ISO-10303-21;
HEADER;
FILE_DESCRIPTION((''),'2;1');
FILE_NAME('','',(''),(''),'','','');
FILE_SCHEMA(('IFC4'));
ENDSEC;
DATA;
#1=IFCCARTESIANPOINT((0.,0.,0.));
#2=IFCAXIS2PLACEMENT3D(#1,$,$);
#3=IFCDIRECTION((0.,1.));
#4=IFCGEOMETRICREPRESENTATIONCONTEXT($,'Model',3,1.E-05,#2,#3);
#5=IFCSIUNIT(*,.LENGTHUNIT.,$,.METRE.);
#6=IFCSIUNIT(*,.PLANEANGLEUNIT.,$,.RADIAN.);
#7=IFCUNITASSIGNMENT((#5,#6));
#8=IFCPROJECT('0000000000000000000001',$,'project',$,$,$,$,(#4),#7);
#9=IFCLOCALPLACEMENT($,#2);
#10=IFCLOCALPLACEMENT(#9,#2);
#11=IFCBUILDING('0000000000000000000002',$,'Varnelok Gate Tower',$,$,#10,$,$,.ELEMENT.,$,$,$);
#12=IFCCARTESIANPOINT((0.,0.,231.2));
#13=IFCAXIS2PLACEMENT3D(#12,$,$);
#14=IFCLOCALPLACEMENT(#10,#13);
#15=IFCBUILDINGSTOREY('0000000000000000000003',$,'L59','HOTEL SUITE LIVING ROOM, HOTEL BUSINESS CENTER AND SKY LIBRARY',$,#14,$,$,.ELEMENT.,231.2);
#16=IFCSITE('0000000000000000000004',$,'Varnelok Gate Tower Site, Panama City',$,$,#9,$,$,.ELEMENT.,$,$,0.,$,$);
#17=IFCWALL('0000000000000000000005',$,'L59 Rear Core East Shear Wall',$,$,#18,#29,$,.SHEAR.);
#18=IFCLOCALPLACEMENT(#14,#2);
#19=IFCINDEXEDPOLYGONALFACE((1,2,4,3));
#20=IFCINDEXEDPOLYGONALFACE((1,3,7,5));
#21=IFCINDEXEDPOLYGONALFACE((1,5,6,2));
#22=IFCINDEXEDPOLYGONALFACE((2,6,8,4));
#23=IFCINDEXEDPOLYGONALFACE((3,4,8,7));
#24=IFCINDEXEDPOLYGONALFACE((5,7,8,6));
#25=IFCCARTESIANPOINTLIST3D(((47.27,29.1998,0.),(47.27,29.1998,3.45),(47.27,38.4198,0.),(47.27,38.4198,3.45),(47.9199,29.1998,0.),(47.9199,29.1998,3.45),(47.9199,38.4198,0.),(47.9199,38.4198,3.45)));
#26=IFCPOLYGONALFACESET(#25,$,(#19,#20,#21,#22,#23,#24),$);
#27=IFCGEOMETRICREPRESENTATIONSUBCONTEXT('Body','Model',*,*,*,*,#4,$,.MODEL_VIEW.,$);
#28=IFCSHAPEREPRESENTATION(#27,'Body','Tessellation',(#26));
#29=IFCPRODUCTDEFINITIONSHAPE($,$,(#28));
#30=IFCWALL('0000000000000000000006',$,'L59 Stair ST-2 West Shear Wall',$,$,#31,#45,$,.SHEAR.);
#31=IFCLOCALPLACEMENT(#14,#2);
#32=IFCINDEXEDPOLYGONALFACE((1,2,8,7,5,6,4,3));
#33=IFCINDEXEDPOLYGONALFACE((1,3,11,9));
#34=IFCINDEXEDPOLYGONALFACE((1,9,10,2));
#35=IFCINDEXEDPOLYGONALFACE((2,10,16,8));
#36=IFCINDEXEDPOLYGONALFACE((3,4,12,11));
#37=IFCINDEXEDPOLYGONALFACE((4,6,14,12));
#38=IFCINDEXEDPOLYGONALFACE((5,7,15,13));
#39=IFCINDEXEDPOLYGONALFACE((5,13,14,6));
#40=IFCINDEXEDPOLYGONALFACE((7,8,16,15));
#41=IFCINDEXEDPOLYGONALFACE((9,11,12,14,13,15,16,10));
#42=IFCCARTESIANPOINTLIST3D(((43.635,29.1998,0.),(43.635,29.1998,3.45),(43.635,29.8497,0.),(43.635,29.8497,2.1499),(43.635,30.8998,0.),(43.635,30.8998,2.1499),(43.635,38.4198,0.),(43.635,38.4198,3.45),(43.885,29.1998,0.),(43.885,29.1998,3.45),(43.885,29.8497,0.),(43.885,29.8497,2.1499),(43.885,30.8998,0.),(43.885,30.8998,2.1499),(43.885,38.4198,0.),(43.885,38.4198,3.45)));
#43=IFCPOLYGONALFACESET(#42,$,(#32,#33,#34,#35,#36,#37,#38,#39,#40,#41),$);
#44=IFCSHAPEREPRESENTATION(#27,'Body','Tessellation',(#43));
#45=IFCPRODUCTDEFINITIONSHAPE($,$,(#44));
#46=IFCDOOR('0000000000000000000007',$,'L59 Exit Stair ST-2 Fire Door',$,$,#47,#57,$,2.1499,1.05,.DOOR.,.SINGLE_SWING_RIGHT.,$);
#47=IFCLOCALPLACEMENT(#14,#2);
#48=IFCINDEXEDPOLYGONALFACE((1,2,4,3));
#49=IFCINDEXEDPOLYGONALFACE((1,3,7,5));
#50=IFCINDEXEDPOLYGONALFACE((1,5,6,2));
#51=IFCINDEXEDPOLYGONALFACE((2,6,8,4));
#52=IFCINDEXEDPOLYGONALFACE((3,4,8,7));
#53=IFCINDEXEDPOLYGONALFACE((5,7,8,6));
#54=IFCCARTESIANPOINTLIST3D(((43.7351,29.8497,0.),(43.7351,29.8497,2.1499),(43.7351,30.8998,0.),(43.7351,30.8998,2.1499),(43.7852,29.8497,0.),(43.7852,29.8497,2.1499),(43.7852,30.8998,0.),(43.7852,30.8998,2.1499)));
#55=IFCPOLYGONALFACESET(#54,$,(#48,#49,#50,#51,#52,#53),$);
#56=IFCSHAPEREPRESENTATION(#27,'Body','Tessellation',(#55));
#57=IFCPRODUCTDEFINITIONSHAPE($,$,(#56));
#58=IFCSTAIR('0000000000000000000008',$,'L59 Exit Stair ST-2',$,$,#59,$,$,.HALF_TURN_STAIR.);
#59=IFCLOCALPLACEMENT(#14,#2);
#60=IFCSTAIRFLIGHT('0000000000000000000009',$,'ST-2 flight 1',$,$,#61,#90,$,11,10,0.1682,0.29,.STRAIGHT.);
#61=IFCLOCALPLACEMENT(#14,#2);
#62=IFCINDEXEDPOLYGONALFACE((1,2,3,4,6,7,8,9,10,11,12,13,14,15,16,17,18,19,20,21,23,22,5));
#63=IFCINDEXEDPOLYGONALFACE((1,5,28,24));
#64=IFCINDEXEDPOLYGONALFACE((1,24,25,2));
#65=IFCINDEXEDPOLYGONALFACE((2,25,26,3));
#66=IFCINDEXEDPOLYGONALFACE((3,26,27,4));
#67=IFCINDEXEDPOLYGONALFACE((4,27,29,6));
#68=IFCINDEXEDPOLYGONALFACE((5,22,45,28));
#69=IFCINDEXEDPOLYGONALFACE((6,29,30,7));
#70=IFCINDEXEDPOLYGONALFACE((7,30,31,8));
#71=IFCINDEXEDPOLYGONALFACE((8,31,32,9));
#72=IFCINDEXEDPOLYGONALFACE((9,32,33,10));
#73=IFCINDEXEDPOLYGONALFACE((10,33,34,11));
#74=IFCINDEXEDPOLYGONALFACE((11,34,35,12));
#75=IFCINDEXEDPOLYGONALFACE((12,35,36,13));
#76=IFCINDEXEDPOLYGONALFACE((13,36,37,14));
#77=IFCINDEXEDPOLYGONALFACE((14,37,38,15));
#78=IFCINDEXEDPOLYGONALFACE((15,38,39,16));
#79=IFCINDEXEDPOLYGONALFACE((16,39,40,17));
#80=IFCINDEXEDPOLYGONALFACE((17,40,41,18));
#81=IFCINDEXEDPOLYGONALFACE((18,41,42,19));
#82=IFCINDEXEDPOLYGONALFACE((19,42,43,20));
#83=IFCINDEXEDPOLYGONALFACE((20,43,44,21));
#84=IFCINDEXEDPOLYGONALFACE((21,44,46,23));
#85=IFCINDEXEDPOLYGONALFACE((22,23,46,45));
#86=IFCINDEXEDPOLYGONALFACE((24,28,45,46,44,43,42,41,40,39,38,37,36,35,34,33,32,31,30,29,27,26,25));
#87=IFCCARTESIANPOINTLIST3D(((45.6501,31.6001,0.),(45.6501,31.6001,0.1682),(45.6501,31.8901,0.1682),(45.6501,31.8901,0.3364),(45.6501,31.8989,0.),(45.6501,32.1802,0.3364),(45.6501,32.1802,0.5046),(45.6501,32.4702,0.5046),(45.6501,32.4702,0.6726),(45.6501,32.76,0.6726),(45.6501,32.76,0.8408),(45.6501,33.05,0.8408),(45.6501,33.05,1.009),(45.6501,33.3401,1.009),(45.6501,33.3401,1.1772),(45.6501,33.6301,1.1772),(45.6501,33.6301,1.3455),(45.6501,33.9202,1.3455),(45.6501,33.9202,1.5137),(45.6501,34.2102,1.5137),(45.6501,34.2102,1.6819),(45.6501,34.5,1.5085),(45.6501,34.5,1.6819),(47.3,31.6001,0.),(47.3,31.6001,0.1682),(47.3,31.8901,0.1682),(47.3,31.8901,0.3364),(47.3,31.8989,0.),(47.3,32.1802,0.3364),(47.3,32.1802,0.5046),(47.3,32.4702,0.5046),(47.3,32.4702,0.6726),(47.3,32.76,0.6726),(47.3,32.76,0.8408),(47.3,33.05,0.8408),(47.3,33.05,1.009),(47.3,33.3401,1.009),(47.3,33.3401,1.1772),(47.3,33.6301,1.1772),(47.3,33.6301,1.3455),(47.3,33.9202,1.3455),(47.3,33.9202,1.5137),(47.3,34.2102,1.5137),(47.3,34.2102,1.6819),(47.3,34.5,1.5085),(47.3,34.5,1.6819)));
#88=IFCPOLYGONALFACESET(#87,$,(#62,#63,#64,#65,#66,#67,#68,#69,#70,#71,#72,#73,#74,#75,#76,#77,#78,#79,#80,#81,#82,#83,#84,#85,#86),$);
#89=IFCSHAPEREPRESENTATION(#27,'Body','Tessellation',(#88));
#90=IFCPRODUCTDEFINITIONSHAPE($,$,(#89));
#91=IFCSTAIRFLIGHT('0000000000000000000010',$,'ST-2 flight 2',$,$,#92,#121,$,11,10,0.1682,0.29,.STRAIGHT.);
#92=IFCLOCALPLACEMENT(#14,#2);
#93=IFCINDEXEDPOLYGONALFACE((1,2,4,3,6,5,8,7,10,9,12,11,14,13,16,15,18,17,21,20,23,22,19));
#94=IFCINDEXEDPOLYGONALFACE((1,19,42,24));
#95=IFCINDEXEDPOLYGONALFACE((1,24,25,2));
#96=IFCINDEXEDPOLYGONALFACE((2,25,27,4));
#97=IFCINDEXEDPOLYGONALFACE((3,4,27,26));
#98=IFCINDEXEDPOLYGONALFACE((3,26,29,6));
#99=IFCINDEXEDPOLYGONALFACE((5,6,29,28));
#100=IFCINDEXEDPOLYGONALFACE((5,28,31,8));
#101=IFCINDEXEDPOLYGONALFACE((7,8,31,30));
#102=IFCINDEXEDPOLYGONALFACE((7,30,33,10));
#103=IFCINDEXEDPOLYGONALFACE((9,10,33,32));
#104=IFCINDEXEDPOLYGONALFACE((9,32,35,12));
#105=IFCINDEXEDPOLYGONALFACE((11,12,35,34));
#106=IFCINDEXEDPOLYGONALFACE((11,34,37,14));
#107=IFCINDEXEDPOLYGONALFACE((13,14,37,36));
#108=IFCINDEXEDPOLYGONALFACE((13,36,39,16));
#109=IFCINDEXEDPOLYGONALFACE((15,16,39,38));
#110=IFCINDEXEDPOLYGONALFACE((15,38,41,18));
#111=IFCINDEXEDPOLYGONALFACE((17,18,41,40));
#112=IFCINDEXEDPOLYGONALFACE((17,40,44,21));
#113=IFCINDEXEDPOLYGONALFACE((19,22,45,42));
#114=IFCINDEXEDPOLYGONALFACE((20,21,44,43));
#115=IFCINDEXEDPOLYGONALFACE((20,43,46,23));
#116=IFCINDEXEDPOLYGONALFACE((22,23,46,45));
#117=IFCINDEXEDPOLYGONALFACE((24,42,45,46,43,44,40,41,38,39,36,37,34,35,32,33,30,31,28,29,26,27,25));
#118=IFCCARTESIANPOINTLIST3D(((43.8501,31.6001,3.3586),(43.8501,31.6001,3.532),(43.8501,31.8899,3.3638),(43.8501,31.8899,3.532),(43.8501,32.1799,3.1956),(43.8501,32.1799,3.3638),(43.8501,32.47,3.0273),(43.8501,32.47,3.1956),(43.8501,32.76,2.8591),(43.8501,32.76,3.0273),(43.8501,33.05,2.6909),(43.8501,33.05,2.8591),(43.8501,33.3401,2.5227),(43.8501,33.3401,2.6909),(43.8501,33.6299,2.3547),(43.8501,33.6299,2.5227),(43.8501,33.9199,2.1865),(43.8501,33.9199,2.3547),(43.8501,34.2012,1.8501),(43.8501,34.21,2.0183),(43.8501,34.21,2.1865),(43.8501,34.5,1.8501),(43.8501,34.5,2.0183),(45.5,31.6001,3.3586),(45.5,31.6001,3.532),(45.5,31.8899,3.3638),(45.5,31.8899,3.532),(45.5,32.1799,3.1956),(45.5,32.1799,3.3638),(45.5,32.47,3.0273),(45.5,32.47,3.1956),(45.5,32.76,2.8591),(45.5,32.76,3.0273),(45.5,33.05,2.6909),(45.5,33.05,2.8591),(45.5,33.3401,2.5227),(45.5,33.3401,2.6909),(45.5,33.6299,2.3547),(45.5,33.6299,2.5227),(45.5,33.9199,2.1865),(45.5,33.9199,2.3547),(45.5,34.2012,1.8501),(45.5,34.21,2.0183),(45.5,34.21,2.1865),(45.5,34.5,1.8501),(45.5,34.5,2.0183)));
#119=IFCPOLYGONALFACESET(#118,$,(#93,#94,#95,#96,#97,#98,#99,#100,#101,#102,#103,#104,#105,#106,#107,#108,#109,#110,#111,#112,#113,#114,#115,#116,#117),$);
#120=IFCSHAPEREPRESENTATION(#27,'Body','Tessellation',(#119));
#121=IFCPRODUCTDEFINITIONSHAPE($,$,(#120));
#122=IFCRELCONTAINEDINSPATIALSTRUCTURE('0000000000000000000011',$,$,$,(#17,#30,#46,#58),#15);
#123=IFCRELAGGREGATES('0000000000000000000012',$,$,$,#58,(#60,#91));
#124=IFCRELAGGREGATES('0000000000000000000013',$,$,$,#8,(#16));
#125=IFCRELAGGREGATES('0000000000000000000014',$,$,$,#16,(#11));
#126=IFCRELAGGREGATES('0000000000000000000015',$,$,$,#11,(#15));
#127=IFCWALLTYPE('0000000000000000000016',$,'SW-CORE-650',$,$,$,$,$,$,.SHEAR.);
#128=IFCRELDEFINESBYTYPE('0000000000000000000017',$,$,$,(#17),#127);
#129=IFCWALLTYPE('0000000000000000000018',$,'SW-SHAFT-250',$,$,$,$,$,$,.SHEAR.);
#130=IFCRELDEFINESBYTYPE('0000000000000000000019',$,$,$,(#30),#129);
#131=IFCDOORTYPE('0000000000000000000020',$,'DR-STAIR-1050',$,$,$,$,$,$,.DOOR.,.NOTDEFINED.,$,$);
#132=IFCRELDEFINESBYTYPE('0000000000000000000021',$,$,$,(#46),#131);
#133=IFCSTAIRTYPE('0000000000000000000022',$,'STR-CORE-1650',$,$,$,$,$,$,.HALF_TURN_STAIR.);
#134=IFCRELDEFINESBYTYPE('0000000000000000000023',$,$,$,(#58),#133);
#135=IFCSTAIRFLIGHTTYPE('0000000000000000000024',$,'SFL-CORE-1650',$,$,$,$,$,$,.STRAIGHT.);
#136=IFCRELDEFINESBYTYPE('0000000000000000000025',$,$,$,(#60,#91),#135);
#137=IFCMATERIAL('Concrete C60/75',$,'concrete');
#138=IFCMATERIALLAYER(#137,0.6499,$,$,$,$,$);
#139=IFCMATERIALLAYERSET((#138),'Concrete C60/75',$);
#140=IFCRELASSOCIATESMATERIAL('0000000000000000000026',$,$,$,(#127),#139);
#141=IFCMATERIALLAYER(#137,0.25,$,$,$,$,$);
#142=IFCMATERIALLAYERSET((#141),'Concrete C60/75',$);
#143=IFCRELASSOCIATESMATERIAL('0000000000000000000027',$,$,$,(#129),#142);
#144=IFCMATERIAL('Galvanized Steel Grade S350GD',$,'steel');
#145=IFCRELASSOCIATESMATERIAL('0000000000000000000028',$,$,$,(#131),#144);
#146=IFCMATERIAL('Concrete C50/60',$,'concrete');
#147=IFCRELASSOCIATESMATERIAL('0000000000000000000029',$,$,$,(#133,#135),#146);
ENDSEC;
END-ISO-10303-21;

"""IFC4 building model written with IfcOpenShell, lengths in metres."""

from ifc_helpers import new_model, si_unit, direction, frame, frame_2d, origin, place, context, subcontext, project, spatial, polyline, rectangle, outline, extrude, material, layer, layer_set, type_object, element, fill, aggregate, save


model = new_model("IFC4")

# Units and contexts
model_context = context("Model", 3, precision=1e-05, world=origin(), true_north=direction((0.0, 1.0)))
body_context = subcontext(model_context, "Body", "Model", "MODEL_VIEW")
ifc_project = project(units=[si_unit("LENGTHUNIT", "METRE"), si_unit("PLANEANGLEUNIT", "RADIAN")], contexts=[model_context])

# Site, building, storey
site_placement = place(None, origin())
site = spatial("IfcSite", under=ifc_project, at=site_placement, Name="Varnelok Gate Tower Site, Panama City", CompositionType="ELEMENT", RefElevation=0.0)
building_placement = place(site_placement, origin())
building = spatial("IfcBuilding", under=site, at=building_placement, Name="Varnelok Gate Tower", CompositionType="ELEMENT")
storey_placement = place(building_placement, frame((0.0, 0.0, 231.2)))
storey = spatial("IfcBuildingStorey", under=building, at=storey_placement, Name="L59", Description="HOTEL SUITE LIVING ROOM, HOTEL BUSINESS CENTER AND SKY LIBRARY", CompositionType="ELEMENT", Elevation=231.2)

# Shared definitions
ifc_material_1 = material(Name="Galvanized Steel Grade S350GD", Category="steel")

# Wall
ifc_material_2 = material(Name="Concrete C60/75", Category="concrete")
ifc_layer_1 = layer(ifc_material_2, 0.6499)
ifc_layer_set_1 = layer_set([ifc_layer_1], Name="Concrete C60/75")
wall_type_1 = type_object("IfcWallType", Name="SW-CORE-650", PredefinedType="SHEAR", material=ifc_layer_set_1)
wall_1_placement = place(storey_placement, frame((47.595, 29.2, 0.0), z_axis=(0.0, 0.0, 1.0), x_axis=(0.0, 1.0, 0.0)))
element("IfcWall", 1, at=wall_1_placement, inside=storey, type_object=wall_type_1, Name="L59 Rear Core East Shear Wall", PredefinedType="SHEAR", context=body_context, shape_type="SweptSolid", body=[
    extrude(rectangle(XDim=9.22, YDim=0.6499, at=frame_2d((4.6099, 0.0))), origin(), (0.0, 0.0, 1.0), 3.45),
])

# Wall, opening, door
ifc_layer_2 = layer(ifc_material_2, 0.25)
ifc_layer_set_2 = layer_set([ifc_layer_2], Name="Concrete C60/75")
wall_type_2 = type_object("IfcWallType", Name="SW-SHAFT-250", PredefinedType="SHEAR", material=ifc_layer_set_2)
wall_2_placement = place(storey_placement, frame((43.76, 29.2, 0.0), z_axis=(0.0, 0.0, 1.0), x_axis=(0.0, 1.0, 0.0)))
wall_2 = element("IfcWall", 2, at=wall_2_placement, inside=storey, type_object=wall_type_2, Name="L59 Stair ST-2 West Shear Wall", PredefinedType="SHEAR", context=body_context, shape_type="SweptSolid", body=[
    extrude(rectangle(XDim=9.22, YDim=0.25, at=frame_2d((4.6099, 0.0))), origin(), (0.0, 0.0, 1.0), 3.45),
])
opening_1_placement = place(wall_2_placement, frame((0.6499, 0.0, 0.0)))
opening_1 = element("IfcOpeningElement", 3, at=opening_1_placement, cuts=wall_2, PredefinedType="OPENING", context=body_context, shape_type="SweptSolid", body=[
    extrude(rectangle(XDim=1.05, YDim=2.1499, at=frame_2d((0.5249, 1.075))), frame((0.0, 0.135, 0.0), z_axis=(0.0, -1.0, 0.0), x_axis=(1.0, 0.0, 0.0)), (0.0, 0.0, 1.0), 0.27),
])
door_type_1 = type_object("IfcDoorType", Name="DR-STAIR-1050", OperationType="NOTDEFINED", PredefinedType="DOOR", material=ifc_material_1)
door_1_placement = place(opening_1_placement, origin())
door_1 = element("IfcDoor", 4, at=door_1_placement, inside=storey, type_object=door_type_1, Name="L59 Exit Stair ST-2 Fire Door", OperationType="SINGLE_SWING_RIGHT", OverallHeight=2.1499, OverallWidth=1.05, PredefinedType="DOOR", context=body_context, shape_type="SweptSolid", body=[
    extrude(rectangle(XDim=1.05, YDim=2.1499, at=frame_2d((0.5249, 1.075))), frame((0.0, 0.0249, 0.0), z_axis=(0.0, -1.0, 0.0), x_axis=(1.0, 0.0, 0.0)), (0.0, 0.0, 1.0), 0.05),
])
fill(opening_1, door_1)

# Stair, stair flights
ifc_material_3 = material(Name="Concrete C50/60", Category="concrete")
stair_type = type_object("IfcStairType", Name="STR-CORE-1650", PredefinedType="HALF_TURN_STAIR", material=ifc_material_3)
stair_placement = place(storey_placement, origin())
stair = element("IfcStair", 5, at=stair_placement, inside=storey, type_object=stair_type, Name="L59 Exit Stair ST-2", PredefinedType="HALF_TURN_STAIR")
stair_flight_type = type_object("IfcStairFlightType", Name="SFL-CORE-1650", PredefinedType="STRAIGHT", material=ifc_material_3)
stair_flight_1_placement = place(storey_placement, frame((46.4751, 31.6001, 0.0), z_axis=(0.0, 0.0, 1.0), x_axis=(0.0, 1.0, 0.0)))
stair_flight_1 = element("IfcStairFlight", 6, at=stair_flight_1_placement, type_object=stair_flight_type, Name="ST-2 flight 1", NumberOfRisers=11, NumberOfTreads=10, PredefinedType="STRAIGHT", RiserHeight=0.1682, TreadLength=0.29, context=body_context, shape_type="SweptSolid", body=[
    extrude(outline(polyline([(0.0, 0.0), (0.0, 0.1682), (0.29, 0.1682), (0.29, 0.3364), (0.5801, 0.3364), (0.5801, 0.5046), (0.8701, 0.5046), (0.8701, 0.6726), (1.1599, 0.6726), (1.1599, 0.8408), (1.45, 0.8408), (1.45, 1.009), (1.74, 1.009), (1.74, 1.1772), (2.03, 1.1772), (2.03, 1.3455), (2.3201, 1.3455), (2.3201, 1.5137), (2.6101, 1.5137), (2.6101, 1.6819), (2.8999, 1.6819), (2.8999, 1.8501), (2.8999, 1.5085), (0.2988, 0.0), (0.0, 0.0)])), frame((0.0, 0.825, 0.0), z_axis=(0.0, -1.0, 0.0), x_axis=(1.0, 0.0, 0.0)), (0.0, 0.0, 1.0), 1.6499),
])
stair_flight_2_placement = place(storey_placement, frame((44.675, 34.5, 1.8501), z_axis=(0.0, 0.0, 1.0), x_axis=(0.0, -1.0, 0.0)))
stair_flight_2 = element("IfcStairFlight", 7, at=stair_flight_2_placement, type_object=stair_flight_type, Name="ST-2 flight 2", NumberOfRisers=11, NumberOfTreads=10, PredefinedType="STRAIGHT", RiserHeight=0.1682, TreadLength=0.29, context=body_context, shape_type="SweptSolid", body=[
    extrude(outline(polyline([(0.0, 0.0), (0.0, 0.1682), (0.29, 0.1682), (0.29, 0.3364), (0.5801, 0.3364), (0.5801, 0.5046), (0.8701, 0.5046), (0.8701, 0.6726), (1.1599, 0.6726), (1.1599, 0.8408), (1.45, 0.8408), (1.45, 1.009), (1.74, 1.009), (1.74, 1.1772), (2.03, 1.1772), (2.03, 1.3455), (2.3201, 1.3455), (2.3201, 1.5137), (2.6101, 1.5137), (2.6101, 1.6819), (2.8999, 1.6819), (2.8999, 1.8501), (2.8999, 1.5085), (0.2988, 0.0), (0.0, 0.0)])), frame((0.0, 0.825, 0.0), z_axis=(0.0, -1.0, 0.0), x_axis=(1.0, 0.0, 0.0)), (0.0, 0.0, 1.0), 1.6499),
])
aggregate(stair, [stair_flight_1, stair_flight_2])

save(model, "model.ifc")
